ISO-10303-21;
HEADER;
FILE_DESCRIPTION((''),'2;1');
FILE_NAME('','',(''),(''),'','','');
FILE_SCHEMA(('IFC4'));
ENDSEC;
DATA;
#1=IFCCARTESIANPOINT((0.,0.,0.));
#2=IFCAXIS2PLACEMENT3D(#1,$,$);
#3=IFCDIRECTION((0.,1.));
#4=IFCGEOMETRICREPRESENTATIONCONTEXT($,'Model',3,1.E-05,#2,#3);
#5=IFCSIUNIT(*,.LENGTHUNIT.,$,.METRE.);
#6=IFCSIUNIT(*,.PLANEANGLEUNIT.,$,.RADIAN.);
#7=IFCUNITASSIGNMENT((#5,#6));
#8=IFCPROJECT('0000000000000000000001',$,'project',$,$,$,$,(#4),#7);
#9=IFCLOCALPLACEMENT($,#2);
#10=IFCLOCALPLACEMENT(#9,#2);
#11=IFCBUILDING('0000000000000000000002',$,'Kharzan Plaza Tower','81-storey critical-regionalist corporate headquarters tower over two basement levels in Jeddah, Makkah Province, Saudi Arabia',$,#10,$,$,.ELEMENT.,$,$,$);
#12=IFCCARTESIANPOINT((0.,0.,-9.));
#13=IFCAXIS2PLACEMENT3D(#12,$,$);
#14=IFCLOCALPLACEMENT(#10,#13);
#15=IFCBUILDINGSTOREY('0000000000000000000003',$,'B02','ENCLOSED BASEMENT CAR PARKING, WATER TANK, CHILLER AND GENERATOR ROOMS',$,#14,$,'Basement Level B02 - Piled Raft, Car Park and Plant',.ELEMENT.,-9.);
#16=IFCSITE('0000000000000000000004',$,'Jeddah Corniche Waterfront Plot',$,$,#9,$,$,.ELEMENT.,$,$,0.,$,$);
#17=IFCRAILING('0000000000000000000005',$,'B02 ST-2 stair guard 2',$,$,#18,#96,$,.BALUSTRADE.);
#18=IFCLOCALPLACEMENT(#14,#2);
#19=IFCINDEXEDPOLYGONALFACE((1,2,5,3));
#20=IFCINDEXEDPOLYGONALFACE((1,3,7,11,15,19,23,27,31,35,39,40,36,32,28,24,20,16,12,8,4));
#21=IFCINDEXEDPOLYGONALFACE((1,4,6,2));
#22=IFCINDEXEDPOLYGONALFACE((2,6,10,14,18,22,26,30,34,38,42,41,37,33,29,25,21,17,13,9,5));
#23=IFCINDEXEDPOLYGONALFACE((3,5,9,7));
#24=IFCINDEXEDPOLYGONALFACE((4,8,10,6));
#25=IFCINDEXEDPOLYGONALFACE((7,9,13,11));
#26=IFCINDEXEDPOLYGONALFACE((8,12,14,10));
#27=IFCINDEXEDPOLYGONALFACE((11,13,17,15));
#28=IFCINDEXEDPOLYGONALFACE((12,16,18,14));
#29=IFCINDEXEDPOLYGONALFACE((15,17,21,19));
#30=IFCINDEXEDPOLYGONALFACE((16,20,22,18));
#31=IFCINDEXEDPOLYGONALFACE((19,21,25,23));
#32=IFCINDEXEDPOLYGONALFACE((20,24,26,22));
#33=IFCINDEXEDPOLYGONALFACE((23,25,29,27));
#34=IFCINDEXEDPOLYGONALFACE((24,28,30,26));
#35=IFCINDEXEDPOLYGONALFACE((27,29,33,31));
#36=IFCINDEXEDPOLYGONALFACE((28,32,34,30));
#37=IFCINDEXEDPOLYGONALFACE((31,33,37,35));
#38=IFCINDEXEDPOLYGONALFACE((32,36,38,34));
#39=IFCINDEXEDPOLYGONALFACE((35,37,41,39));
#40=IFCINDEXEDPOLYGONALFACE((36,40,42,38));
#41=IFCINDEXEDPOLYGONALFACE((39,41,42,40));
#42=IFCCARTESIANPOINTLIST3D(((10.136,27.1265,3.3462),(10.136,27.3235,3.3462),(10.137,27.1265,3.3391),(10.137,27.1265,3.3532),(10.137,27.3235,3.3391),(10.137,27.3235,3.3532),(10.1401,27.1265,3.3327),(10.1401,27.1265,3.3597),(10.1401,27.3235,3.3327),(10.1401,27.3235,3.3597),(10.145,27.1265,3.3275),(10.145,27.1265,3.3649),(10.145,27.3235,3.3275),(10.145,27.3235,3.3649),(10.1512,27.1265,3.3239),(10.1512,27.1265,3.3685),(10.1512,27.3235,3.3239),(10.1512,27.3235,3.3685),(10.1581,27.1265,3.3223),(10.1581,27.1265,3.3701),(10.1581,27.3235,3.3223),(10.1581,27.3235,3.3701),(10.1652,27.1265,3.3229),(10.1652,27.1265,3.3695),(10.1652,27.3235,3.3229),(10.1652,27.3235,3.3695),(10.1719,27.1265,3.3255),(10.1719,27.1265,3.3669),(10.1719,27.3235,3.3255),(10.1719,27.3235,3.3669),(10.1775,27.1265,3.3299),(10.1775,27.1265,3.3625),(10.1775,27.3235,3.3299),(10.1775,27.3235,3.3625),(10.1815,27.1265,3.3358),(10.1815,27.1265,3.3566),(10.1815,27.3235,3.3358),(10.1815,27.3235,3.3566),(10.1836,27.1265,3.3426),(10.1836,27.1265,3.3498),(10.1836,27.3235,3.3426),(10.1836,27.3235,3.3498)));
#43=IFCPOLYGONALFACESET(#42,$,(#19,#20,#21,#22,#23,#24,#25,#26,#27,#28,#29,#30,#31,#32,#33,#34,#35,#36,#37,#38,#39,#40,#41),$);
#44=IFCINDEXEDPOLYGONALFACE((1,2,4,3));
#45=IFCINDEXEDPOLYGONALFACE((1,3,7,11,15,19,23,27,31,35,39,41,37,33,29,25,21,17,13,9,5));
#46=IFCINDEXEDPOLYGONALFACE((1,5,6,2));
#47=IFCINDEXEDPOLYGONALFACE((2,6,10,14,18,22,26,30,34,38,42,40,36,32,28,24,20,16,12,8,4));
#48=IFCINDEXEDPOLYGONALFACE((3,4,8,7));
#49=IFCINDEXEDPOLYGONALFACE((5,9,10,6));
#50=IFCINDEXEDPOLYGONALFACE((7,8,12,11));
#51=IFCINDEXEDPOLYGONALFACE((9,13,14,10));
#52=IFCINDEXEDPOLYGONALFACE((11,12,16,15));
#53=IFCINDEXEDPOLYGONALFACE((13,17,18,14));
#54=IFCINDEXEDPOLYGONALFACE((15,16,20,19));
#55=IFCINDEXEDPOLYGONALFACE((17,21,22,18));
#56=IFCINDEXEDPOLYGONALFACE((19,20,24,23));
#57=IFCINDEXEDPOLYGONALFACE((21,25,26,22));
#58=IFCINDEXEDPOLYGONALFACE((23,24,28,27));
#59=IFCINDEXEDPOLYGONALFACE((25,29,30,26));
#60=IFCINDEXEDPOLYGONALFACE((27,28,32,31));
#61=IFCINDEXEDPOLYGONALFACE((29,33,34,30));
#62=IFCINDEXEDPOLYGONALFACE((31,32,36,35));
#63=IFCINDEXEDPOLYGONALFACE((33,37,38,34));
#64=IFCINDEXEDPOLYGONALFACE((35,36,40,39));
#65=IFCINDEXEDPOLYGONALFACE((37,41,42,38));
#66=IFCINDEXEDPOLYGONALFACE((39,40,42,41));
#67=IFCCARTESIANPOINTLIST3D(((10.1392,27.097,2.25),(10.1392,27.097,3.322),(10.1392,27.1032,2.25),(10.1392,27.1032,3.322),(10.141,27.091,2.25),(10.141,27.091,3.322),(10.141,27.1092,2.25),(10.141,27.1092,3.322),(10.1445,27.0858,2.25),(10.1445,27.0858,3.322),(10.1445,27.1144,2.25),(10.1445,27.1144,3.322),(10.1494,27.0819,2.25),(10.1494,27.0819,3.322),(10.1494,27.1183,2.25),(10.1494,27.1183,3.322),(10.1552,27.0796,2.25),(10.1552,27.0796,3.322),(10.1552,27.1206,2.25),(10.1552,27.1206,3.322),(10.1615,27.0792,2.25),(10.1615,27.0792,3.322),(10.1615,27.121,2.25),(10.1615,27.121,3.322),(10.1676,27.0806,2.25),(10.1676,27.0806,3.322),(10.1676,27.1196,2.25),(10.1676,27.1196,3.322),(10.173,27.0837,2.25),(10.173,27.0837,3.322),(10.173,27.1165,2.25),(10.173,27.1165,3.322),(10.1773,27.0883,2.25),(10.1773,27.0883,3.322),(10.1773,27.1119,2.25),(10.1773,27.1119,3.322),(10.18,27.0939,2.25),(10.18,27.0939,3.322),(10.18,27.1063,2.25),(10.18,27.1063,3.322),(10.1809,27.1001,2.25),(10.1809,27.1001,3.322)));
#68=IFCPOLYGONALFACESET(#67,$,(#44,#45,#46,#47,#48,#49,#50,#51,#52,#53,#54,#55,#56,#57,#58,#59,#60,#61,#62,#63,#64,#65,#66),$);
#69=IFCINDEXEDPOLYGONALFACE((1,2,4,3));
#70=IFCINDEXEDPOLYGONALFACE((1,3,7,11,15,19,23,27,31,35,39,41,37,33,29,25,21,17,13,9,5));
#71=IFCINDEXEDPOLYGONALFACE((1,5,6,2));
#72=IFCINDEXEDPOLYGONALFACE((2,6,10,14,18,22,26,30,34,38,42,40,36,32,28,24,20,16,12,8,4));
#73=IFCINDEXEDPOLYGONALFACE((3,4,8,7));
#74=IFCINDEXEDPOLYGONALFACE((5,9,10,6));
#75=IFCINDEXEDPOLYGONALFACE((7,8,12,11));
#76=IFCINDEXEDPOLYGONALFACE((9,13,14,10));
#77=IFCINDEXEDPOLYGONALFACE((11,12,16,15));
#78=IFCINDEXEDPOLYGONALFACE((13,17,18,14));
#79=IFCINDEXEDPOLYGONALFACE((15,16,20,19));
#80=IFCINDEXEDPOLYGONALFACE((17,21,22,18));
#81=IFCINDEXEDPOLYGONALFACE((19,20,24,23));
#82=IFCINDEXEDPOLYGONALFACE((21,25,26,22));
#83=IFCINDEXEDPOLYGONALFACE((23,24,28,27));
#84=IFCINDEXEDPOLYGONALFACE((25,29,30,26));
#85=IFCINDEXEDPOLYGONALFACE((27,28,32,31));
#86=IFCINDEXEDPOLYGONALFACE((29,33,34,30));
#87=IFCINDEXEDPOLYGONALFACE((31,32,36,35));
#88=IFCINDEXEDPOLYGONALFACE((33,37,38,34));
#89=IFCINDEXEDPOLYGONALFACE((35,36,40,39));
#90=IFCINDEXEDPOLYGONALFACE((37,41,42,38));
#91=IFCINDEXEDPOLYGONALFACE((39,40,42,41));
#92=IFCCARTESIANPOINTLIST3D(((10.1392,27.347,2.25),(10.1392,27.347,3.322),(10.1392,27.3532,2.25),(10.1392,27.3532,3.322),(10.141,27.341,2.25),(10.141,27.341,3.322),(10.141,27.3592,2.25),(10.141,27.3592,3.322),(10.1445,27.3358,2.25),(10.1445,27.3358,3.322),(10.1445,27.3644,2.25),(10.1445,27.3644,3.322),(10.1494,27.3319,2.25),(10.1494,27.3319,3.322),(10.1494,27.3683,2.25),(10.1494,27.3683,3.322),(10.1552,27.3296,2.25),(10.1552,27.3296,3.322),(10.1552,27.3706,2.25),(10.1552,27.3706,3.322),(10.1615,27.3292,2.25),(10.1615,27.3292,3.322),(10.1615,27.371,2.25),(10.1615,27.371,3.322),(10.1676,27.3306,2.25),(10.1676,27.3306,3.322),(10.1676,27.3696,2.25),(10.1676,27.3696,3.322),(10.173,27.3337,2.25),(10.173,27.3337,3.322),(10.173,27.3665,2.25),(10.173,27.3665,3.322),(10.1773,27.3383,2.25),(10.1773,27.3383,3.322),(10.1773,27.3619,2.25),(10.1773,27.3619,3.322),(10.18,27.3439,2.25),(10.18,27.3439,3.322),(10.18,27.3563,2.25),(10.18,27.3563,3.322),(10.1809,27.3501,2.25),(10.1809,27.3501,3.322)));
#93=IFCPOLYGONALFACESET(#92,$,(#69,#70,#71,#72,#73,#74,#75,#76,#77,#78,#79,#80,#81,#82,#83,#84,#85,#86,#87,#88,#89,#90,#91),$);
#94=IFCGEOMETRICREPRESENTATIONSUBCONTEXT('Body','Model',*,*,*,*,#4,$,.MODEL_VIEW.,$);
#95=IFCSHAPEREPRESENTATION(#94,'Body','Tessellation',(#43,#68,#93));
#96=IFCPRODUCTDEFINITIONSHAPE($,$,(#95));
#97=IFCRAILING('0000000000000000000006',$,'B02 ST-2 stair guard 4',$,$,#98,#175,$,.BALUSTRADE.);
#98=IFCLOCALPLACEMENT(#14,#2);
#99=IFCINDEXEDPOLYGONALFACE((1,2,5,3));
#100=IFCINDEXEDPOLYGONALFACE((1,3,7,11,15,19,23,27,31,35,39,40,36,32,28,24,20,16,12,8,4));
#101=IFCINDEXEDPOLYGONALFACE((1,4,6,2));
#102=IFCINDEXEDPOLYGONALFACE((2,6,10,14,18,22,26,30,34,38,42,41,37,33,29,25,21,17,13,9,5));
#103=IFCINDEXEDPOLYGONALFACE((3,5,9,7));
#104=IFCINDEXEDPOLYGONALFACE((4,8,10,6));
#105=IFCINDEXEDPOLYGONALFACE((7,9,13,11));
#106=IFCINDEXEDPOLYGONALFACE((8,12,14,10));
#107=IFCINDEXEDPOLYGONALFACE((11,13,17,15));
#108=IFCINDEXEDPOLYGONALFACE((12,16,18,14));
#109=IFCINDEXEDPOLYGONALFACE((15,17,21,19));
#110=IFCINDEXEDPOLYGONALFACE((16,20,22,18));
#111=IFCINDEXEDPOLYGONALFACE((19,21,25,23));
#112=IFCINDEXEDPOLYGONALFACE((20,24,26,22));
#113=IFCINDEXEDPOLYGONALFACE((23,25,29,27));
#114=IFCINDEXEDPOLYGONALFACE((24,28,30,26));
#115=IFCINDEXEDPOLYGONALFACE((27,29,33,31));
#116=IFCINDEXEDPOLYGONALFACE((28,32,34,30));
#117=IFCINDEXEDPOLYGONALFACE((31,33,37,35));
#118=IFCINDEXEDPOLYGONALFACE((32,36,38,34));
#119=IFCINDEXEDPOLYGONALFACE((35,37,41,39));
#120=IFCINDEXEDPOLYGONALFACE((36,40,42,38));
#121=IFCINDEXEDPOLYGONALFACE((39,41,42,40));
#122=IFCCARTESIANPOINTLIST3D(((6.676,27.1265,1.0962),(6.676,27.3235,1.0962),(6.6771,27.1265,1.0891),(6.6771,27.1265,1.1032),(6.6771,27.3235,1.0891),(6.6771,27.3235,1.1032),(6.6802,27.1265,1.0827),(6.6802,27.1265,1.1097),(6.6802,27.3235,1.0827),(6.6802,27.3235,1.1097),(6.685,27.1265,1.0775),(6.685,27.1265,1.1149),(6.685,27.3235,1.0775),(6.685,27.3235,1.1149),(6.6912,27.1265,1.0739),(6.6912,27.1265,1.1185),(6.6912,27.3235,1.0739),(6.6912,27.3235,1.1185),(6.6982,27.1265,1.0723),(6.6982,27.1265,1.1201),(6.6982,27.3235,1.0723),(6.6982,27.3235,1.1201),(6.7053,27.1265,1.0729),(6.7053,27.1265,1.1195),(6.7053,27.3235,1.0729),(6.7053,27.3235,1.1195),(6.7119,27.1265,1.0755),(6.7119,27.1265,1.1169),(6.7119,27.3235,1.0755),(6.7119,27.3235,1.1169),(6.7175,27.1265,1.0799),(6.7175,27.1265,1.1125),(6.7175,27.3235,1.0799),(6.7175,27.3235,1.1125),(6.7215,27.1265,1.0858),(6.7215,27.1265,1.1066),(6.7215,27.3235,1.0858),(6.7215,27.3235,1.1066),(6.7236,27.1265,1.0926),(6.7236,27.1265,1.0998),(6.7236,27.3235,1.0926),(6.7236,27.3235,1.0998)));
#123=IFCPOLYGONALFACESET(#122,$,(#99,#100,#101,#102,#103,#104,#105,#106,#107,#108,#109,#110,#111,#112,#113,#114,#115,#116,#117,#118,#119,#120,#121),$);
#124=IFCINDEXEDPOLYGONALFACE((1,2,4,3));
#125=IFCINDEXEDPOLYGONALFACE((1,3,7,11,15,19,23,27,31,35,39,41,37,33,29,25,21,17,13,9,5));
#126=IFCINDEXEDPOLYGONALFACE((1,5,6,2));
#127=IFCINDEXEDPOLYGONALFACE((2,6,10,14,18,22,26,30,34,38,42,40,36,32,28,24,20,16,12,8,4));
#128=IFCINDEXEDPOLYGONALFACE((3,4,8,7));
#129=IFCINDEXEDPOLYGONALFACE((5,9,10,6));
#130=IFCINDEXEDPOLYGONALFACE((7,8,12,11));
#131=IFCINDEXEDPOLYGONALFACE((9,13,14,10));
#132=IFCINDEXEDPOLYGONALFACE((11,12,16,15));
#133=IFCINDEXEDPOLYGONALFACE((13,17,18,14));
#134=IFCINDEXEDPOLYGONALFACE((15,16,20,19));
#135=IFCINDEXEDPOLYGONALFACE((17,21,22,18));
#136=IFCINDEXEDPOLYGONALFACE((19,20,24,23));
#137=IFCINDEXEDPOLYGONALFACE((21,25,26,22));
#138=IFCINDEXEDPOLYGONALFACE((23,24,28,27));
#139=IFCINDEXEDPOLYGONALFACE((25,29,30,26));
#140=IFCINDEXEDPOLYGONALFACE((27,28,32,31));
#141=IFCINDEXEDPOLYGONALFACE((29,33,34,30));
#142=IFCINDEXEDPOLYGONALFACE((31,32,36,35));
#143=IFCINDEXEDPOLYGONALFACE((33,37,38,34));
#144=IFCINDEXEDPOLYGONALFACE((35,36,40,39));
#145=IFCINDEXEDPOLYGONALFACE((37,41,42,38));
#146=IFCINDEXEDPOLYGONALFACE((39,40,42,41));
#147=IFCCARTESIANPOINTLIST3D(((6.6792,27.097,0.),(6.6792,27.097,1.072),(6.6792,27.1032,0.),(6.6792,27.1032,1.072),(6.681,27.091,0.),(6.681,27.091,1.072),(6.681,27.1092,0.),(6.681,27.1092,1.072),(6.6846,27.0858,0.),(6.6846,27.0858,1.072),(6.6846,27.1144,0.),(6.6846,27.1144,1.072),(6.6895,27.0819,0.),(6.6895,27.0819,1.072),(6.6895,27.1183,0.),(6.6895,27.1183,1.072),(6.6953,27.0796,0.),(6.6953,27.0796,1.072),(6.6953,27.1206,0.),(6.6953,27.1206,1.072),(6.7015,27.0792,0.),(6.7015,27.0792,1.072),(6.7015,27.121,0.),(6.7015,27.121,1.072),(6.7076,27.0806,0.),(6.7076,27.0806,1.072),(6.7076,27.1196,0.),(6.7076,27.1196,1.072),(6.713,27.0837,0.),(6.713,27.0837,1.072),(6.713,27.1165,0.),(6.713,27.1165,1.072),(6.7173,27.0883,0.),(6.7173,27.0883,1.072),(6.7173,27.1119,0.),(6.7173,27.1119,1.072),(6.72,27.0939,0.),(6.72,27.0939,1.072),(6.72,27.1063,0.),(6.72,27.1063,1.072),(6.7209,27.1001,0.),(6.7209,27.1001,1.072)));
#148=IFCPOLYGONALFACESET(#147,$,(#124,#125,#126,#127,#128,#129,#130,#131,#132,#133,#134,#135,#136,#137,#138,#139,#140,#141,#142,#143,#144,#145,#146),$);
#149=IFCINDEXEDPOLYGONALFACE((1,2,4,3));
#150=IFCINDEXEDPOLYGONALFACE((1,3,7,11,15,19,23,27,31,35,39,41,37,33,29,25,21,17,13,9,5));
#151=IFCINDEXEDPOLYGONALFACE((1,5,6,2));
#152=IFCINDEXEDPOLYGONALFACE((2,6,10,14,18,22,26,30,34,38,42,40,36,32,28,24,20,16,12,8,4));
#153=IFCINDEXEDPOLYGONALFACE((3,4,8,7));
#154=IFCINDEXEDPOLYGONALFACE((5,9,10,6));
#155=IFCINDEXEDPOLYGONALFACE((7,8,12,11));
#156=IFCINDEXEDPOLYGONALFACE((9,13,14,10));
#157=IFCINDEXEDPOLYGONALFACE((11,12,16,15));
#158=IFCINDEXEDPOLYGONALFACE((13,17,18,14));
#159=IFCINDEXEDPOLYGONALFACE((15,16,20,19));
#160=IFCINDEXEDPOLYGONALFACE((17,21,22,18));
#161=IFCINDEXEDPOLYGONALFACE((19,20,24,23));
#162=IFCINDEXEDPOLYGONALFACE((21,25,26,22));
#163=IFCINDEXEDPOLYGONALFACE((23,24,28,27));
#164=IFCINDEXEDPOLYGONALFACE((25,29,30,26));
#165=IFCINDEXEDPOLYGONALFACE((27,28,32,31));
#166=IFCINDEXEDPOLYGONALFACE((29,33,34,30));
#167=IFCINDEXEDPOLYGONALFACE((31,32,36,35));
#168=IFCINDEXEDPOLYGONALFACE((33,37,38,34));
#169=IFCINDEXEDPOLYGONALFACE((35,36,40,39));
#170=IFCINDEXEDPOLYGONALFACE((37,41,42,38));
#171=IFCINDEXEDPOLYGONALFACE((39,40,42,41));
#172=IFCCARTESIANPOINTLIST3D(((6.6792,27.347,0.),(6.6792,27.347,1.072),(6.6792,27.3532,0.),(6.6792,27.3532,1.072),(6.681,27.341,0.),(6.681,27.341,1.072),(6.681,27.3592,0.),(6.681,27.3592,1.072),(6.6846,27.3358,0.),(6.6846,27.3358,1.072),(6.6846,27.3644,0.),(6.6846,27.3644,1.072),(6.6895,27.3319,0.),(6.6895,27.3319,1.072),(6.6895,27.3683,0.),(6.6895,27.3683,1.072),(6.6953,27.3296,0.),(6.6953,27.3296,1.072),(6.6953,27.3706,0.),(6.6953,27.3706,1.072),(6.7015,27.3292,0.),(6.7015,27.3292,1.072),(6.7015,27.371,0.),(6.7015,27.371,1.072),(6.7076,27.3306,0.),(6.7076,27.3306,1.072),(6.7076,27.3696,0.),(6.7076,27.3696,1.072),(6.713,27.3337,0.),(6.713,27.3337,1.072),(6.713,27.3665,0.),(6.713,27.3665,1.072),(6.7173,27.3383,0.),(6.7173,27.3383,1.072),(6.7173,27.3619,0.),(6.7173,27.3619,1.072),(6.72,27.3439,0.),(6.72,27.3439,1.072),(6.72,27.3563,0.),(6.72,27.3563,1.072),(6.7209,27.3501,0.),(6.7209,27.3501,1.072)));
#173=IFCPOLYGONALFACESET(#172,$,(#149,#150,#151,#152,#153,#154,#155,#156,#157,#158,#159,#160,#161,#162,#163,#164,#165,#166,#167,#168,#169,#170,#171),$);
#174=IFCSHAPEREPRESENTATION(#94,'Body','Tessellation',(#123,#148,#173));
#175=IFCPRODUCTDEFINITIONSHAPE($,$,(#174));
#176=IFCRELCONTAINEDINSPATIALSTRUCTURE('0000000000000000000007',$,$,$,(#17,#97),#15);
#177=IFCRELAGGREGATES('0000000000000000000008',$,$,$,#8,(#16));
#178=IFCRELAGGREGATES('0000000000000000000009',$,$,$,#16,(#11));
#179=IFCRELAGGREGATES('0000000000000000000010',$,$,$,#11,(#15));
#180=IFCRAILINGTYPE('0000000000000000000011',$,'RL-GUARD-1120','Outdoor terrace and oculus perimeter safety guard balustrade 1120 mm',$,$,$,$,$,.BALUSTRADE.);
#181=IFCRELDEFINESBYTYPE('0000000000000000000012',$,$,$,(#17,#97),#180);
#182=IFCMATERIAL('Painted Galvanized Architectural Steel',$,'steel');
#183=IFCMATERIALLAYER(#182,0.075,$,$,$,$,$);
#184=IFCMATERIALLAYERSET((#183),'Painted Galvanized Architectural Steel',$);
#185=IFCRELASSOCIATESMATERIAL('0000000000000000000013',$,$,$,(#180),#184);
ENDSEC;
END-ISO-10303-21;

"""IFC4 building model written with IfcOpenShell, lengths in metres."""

from ifc_helpers import new_model, si_unit, direction, frame, origin, origin_2d, place, context, subcontext, project, spatial, circle, extrude, source, transform, mapped, material, layer, layer_set, type_object, element, save


model = new_model("IFC4")

# Units and contexts
model_context = context("Model", 3, precision=1e-05, world=origin(), true_north=direction((0.0, 1.0)))
body_context = subcontext(model_context, "Body", "Model", "MODEL_VIEW")
ifc_project = project(units=[si_unit("LENGTHUNIT", "METRE"), si_unit("PLANEANGLEUNIT", "RADIAN")], contexts=[model_context])

# Site, building, storey
site_placement = place(None, origin())
site = spatial("IfcSite", under=ifc_project, at=site_placement, Name="Jeddah Corniche Waterfront Plot", CompositionType="ELEMENT", RefElevation=0.0)
building_placement = place(site_placement, origin())
building = spatial("IfcBuilding", under=site, at=building_placement, Name="Kharzan Plaza Tower", Description="81-storey critical-regionalist corporate headquarters tower over two basement levels in Jeddah, Makkah Province, Saudi Arabia", CompositionType="ELEMENT")
storey_placement = place(building_placement, frame((0.0, 0.0, -9.0)))
storey = spatial("IfcBuildingStorey", under=building, at=storey_placement, Name="B02", Description="ENCLOSED BASEMENT CAR PARKING, WATER TANK, CHILLER AND GENERATOR ROOMS", LongName="Basement Level B02 - Piled Raft, Car Park and Plant", CompositionType="ELEMENT", Elevation=-9.0)

# Railings
ifc_material_1 = material(Name="Painted Galvanized Architectural Steel", Category="steel")
ifc_layer_1 = layer(ifc_material_1, 0.075)
ifc_layer_set_1 = layer_set([ifc_layer_1], Name="Painted Galvanized Architectural Steel")
railing_type_1 = type_object("IfcRailingType", Name="RL-GUARD-1120", Description="Outdoor terrace and oculus perimeter safety guard balustrade 1120 mm", PredefinedType="BALUSTRADE", material=ifc_layer_set_1)
shared_shape_1 = source(origin(), body_context, "Body", "SweptSolid", [
    extrude(circle(Radius=0.0239, at=origin_2d()), frame((0.0, 0.0264, 1.0962), z_axis=(0.0, 1.0, 0.0), x_axis=(-1.0, 0.0, 0.0)), (0.0, 0.0, 1.0), 0.197),
    extrude(circle(Radius=0.021, at=origin_2d()), origin(), (0.0, 0.0, 1.0), 1.072),
    extrude(circle(Radius=0.021, at=origin_2d()), frame((0.0, 0.25, 0.0)), (0.0, 0.0, 1.0), 1.072),
])
for number, where, name in (
    (1, (10.1599, 27.1001, 2.25), "B02 ST-2 stair guard 2"),
    (2, (6.7, 27.1001, 0.0), "B02 ST-2 stair guard 4"),
):
    element("IfcRailing", number, at=place(storey_placement, frame(where)), inside=storey, type_object=railing_type_1, Name=name, PredefinedType="BALUSTRADE", context=body_context, shape_type="MappedRepresentation", body=[
        mapped(shared_shape_1, transform((0.0, 0.0, 0.0), x_axis=(1.0, 0.0, 0.0), y_axis=(0.0, 1.0, 0.0), z_axis=(0.0, 0.0, 1.0))),
    ])

save(model, "model.ifc")
